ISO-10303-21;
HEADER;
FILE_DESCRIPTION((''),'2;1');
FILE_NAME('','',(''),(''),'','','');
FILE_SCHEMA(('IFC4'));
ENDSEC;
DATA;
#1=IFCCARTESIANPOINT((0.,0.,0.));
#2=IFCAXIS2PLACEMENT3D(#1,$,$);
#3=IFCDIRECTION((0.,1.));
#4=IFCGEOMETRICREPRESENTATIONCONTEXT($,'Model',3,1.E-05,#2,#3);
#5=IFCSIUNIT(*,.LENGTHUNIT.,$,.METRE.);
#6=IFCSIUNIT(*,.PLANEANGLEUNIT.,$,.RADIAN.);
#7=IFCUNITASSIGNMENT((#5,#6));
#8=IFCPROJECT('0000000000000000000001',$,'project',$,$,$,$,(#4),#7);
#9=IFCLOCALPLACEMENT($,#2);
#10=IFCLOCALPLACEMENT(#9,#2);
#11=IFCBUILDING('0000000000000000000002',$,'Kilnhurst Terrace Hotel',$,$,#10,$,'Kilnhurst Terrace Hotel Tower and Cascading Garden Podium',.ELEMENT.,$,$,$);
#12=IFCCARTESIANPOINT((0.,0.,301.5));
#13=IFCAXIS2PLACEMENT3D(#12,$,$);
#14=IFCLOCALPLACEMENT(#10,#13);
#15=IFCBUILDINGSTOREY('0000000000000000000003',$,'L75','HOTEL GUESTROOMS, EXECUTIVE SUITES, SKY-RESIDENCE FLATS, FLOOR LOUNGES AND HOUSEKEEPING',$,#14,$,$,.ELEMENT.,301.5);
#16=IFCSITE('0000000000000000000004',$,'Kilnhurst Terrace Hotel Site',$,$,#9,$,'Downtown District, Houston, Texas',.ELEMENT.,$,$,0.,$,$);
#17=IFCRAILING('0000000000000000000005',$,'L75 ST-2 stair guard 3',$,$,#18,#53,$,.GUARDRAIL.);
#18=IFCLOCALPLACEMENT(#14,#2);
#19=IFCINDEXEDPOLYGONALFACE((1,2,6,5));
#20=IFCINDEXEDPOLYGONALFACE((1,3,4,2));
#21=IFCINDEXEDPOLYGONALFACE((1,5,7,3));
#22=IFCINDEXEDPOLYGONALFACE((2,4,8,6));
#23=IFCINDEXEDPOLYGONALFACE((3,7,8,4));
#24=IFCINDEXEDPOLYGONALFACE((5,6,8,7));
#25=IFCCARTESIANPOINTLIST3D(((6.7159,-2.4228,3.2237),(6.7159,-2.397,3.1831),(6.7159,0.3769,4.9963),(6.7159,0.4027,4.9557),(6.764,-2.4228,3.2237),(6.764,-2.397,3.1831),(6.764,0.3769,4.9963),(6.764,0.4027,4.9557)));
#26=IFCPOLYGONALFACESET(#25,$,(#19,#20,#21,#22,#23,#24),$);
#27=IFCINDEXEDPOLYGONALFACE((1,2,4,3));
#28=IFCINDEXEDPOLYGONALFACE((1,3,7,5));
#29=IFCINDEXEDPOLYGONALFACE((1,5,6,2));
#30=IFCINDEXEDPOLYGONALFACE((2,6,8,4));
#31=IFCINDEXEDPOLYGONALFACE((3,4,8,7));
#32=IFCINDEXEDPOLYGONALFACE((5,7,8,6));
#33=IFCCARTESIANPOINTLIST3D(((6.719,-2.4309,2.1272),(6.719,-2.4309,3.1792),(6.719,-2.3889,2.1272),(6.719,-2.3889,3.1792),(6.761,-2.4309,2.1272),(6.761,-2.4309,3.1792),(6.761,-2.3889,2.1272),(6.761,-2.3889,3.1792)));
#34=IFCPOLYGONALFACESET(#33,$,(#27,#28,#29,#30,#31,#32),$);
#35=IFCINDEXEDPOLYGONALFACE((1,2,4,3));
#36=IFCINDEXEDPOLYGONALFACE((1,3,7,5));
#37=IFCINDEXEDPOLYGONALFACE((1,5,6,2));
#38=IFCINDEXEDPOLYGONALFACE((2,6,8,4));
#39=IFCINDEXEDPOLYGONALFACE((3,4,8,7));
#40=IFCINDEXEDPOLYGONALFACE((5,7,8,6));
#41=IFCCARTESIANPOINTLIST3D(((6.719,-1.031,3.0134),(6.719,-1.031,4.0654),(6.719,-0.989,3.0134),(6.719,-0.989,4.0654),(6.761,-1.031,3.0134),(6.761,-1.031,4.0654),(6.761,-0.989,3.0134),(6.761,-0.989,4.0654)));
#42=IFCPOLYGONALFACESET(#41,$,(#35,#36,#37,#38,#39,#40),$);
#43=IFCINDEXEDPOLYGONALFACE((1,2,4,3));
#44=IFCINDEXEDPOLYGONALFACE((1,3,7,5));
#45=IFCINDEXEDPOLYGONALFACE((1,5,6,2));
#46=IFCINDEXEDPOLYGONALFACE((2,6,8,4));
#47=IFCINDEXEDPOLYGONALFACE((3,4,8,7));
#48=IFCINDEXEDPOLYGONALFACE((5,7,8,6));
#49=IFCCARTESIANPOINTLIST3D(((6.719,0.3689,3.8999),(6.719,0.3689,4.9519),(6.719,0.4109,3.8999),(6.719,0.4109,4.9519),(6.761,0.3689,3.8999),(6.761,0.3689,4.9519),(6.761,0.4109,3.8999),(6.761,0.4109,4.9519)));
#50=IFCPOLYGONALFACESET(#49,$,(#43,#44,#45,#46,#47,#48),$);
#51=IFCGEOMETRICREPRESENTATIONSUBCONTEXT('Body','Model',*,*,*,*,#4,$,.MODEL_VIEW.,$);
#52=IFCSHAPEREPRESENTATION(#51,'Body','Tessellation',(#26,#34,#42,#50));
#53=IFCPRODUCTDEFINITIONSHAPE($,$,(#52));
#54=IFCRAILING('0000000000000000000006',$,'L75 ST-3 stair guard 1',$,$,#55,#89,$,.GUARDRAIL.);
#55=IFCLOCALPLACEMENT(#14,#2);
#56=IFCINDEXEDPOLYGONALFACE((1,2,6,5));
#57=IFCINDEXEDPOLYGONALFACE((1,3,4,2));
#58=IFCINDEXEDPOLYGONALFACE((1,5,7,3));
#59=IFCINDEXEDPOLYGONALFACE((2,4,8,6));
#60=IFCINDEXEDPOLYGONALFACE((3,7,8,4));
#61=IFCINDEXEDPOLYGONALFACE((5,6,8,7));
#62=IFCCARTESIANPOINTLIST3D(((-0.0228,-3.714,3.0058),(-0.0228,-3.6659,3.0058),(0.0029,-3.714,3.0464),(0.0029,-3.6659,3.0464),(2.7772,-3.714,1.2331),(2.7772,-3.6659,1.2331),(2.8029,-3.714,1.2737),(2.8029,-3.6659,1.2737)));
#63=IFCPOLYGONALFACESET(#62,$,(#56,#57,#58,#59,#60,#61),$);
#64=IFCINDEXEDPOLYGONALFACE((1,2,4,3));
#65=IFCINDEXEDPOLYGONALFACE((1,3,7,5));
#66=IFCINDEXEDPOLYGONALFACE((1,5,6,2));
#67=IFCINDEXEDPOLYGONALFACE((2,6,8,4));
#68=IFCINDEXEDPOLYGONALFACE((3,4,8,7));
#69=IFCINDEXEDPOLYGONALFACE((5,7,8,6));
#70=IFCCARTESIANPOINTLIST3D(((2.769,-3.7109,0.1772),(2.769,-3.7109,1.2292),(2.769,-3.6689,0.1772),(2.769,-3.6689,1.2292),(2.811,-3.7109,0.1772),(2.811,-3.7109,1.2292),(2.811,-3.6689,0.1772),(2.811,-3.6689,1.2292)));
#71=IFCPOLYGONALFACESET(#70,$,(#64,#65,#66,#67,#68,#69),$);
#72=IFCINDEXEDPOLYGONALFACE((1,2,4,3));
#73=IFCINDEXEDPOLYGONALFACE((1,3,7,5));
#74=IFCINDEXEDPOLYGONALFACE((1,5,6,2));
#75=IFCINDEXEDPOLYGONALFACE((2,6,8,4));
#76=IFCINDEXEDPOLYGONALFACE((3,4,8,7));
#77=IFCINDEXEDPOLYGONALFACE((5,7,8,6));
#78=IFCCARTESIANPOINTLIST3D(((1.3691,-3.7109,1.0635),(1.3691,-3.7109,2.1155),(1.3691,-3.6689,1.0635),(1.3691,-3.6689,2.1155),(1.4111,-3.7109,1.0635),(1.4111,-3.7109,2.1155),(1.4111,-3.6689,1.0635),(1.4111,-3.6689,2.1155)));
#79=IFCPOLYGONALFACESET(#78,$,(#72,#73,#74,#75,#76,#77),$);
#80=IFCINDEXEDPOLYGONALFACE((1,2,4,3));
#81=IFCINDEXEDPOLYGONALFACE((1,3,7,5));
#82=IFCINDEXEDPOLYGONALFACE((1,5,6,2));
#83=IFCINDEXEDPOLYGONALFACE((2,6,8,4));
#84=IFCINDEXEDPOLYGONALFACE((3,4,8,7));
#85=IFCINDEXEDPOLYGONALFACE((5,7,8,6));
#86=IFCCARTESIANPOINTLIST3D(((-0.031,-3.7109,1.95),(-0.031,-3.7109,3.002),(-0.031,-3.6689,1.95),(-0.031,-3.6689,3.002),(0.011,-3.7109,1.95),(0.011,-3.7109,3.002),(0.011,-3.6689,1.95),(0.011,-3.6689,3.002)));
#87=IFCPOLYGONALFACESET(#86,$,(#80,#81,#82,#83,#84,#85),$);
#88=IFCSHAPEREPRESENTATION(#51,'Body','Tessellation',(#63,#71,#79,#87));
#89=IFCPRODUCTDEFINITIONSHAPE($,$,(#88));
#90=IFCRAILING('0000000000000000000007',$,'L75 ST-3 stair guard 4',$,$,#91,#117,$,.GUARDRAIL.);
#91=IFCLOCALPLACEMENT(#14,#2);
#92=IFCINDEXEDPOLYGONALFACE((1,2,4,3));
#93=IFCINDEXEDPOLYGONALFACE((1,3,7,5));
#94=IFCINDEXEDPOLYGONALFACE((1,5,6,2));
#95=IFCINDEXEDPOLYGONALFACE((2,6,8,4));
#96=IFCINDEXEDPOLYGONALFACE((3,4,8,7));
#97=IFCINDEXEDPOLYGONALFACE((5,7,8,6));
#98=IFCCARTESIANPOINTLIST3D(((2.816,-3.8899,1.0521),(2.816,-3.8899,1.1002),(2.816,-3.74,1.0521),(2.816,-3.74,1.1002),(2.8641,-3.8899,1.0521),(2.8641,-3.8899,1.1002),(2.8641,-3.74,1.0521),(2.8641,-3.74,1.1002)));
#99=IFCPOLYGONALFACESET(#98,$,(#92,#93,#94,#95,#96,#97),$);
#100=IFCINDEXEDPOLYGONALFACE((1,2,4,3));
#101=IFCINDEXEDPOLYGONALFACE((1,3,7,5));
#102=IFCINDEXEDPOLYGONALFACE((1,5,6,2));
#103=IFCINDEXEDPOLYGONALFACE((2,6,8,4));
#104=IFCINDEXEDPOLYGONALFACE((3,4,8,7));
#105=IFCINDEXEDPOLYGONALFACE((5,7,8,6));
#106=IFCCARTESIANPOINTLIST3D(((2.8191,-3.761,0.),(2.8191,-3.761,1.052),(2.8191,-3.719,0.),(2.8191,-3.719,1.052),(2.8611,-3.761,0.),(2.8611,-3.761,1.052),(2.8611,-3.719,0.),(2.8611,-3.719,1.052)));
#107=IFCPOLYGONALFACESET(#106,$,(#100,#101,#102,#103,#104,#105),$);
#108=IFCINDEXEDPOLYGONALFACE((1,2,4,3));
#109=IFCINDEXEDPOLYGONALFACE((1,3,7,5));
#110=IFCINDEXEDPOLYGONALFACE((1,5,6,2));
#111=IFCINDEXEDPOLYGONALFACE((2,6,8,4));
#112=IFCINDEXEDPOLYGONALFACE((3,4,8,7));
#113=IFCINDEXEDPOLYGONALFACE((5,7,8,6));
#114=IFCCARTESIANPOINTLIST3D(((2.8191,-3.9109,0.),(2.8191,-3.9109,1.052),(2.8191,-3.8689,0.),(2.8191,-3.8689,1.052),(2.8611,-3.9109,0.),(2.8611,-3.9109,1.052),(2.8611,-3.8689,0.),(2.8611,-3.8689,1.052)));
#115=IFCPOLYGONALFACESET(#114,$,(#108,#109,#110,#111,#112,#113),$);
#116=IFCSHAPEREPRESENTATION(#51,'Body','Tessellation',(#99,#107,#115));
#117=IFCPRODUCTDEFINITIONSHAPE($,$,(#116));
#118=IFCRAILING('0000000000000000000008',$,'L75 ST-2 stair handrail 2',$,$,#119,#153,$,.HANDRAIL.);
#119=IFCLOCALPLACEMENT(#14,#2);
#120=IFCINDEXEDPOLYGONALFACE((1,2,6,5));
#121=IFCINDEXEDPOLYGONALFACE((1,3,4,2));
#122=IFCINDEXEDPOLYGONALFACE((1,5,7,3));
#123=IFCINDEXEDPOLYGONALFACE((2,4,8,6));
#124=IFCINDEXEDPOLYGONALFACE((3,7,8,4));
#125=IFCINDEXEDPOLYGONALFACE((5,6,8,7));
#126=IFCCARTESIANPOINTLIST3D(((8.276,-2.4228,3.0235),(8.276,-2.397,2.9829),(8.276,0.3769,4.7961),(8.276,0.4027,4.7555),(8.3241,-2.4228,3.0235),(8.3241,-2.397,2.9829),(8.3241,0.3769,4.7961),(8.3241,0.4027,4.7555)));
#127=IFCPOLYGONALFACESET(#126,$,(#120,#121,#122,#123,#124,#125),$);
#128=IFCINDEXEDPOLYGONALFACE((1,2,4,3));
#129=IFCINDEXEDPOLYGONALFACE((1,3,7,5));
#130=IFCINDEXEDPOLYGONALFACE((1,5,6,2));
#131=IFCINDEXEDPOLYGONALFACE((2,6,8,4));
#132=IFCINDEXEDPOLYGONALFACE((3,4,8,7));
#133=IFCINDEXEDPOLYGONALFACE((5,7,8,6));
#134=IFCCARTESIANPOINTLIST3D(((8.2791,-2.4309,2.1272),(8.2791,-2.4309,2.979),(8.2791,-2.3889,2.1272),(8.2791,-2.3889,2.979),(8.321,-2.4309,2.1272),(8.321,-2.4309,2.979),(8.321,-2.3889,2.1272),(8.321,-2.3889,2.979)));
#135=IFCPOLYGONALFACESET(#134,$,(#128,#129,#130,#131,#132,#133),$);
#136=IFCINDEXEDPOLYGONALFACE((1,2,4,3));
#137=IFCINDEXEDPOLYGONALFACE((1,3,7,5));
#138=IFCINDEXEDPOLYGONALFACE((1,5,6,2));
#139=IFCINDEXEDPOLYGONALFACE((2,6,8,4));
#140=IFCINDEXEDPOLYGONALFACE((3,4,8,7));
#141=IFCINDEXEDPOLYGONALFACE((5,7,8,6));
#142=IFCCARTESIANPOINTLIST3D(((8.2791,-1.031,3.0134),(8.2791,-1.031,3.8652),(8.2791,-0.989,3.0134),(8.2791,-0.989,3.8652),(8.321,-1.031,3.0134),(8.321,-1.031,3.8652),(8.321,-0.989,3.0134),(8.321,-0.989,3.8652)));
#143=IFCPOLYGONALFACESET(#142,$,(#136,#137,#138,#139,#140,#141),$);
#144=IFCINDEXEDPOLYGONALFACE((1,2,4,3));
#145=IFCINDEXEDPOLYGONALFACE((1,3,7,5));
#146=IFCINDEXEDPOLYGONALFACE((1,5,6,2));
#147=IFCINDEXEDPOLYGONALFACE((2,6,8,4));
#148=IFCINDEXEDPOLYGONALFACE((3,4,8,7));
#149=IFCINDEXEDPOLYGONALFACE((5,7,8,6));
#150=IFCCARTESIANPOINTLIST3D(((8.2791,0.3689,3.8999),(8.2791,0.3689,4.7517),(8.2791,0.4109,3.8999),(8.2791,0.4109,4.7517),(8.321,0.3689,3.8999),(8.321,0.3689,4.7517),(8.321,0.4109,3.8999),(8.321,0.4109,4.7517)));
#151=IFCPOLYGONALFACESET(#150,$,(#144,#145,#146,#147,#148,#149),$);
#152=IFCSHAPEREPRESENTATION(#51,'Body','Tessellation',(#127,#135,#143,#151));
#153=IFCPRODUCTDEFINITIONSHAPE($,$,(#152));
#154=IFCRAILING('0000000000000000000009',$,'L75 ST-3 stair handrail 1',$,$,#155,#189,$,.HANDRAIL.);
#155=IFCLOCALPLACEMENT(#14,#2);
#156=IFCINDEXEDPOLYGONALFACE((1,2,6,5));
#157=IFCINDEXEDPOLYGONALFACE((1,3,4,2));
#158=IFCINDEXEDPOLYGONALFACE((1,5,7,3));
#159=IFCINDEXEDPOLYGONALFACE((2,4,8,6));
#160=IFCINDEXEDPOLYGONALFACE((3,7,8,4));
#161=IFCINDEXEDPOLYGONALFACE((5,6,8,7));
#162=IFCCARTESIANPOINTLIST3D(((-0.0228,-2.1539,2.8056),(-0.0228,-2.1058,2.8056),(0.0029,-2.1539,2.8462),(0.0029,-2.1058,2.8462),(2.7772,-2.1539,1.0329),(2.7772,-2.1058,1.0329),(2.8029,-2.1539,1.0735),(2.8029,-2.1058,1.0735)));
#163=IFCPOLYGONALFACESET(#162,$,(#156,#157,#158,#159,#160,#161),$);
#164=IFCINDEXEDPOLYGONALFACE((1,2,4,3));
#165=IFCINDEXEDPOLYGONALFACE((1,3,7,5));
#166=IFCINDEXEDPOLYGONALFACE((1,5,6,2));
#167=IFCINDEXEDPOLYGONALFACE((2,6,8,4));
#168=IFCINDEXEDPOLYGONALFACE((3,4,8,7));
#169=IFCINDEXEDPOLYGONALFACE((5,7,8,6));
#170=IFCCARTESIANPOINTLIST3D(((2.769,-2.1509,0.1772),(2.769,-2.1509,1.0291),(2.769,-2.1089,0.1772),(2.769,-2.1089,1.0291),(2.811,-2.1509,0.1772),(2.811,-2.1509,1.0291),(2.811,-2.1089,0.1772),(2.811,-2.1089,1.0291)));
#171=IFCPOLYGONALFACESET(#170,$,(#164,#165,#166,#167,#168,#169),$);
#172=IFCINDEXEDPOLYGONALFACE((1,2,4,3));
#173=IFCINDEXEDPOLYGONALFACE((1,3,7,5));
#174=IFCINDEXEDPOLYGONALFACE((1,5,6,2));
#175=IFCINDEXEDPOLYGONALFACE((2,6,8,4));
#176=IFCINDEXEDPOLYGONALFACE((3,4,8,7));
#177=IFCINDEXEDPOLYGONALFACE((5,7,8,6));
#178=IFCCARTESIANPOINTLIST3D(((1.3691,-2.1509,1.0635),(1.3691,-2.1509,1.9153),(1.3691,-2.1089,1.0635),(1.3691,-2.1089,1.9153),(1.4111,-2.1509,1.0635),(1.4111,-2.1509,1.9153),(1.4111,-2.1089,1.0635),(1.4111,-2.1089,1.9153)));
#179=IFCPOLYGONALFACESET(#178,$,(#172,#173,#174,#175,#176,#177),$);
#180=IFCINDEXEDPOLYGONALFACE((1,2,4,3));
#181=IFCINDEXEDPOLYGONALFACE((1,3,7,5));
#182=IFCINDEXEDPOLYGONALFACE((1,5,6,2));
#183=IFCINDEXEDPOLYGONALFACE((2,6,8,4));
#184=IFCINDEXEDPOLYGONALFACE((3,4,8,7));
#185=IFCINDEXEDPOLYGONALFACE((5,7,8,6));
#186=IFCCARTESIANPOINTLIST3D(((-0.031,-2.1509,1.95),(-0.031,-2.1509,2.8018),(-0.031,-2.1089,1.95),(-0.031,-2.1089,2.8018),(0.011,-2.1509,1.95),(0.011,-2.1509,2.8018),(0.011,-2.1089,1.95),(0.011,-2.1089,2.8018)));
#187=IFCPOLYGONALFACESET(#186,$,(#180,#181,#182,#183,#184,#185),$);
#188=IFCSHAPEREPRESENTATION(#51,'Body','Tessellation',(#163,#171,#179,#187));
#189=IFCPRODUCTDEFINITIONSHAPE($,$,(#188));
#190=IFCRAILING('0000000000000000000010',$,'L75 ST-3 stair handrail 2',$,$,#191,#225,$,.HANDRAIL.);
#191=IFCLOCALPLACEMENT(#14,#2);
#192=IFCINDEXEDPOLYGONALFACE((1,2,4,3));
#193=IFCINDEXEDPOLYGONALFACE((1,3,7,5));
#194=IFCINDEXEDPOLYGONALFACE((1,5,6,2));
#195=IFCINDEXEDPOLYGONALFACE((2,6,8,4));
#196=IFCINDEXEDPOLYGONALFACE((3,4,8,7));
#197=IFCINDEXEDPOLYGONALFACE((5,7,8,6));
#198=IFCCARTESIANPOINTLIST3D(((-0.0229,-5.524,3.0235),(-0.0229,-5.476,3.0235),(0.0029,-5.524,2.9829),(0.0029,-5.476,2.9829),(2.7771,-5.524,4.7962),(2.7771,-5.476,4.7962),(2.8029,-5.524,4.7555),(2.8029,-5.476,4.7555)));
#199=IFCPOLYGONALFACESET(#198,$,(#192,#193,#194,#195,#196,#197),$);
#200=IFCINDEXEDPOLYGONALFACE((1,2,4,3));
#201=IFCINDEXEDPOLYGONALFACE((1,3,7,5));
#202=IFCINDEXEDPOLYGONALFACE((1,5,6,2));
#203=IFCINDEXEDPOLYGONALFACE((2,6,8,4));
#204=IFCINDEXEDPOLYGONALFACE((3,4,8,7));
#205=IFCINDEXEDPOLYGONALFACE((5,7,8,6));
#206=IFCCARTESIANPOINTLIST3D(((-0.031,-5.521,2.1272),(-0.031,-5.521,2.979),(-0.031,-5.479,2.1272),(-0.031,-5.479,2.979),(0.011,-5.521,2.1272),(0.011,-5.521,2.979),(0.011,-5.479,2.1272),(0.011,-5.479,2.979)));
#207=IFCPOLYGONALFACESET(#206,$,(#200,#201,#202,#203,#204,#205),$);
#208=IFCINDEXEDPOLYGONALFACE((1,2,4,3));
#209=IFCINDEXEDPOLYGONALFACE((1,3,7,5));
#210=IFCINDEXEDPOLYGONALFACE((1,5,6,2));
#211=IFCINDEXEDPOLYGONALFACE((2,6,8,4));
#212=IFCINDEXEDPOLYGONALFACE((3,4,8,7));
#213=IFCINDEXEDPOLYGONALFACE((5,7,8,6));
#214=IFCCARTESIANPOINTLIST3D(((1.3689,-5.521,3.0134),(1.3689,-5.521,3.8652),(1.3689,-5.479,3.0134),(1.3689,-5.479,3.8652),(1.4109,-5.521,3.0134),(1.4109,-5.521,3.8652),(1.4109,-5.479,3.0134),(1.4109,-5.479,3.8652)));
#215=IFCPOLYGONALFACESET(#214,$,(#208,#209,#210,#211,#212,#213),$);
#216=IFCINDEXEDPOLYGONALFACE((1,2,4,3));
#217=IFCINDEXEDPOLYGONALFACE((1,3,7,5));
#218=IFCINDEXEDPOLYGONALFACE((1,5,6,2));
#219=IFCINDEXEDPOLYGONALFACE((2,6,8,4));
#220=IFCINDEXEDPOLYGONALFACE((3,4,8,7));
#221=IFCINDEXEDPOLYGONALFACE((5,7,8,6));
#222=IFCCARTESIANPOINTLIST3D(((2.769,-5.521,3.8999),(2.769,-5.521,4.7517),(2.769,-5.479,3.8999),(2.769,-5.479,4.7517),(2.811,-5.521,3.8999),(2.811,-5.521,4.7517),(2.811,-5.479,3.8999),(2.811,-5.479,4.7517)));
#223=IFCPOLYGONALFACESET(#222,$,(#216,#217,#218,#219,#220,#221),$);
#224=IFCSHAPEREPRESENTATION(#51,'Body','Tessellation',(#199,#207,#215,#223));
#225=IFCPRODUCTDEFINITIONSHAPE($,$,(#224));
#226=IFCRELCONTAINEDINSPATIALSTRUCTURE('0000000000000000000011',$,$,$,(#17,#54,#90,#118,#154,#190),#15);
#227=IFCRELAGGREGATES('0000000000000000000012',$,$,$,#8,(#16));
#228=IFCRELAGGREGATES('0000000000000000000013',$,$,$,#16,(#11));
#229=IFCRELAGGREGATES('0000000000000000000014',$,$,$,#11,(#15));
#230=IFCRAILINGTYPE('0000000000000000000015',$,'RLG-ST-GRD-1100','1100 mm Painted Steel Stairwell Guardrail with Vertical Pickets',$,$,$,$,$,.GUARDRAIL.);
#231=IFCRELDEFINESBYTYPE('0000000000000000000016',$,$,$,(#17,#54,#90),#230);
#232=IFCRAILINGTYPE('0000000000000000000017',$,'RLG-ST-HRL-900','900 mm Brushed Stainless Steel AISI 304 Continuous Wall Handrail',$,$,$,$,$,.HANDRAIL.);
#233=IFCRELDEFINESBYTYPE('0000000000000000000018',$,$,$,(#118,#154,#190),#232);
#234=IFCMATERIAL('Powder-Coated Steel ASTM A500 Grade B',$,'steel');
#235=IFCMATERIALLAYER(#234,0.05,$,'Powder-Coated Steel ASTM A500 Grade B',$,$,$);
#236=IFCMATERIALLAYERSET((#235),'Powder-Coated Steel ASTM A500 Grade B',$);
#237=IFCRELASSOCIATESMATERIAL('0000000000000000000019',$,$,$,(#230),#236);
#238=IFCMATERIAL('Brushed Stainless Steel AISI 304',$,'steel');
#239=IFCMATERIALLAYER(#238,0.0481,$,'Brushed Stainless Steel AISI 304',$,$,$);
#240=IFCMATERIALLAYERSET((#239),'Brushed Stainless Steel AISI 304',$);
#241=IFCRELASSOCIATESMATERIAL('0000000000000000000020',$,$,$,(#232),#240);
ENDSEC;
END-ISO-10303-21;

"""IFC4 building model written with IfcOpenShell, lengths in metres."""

from ifc_helpers import new_model, si_unit, direction, frame, origin, origin_2d, place, context, subcontext, project, spatial, rectangle, extrude, material, layer, layer_set, type_object, element, save


model = new_model("IFC4")

# Units and contexts
model_context = context("Model", 3, precision=1e-05, world=origin(), true_north=direction((0.0, 1.0)))
body_context = subcontext(model_context, "Body", "Model", "MODEL_VIEW")
ifc_project = project(units=[si_unit("LENGTHUNIT", "METRE"), si_unit("PLANEANGLEUNIT", "RADIAN")], contexts=[model_context])

# Site, building, storey
site_placement = place(None, origin())
site = spatial("IfcSite", under=ifc_project, at=site_placement, Name="Kilnhurst Terrace Hotel Site", LongName="Downtown District, Houston, Texas", CompositionType="ELEMENT", RefElevation=0.0)
building_placement = place(site_placement, origin())
building = spatial("IfcBuilding", under=site, at=building_placement, Name="Kilnhurst Terrace Hotel", LongName="Kilnhurst Terrace Hotel Tower and Cascading Garden Podium", CompositionType="ELEMENT")
storey_placement = place(building_placement, frame((0.0, 0.0, 301.5)))
storey = spatial("IfcBuildingStorey", under=building, at=storey_placement, Name="L75", Description="HOTEL GUESTROOMS, EXECUTIVE SUITES, SKY-RESIDENCE FLATS, FLOOR LOUNGES AND HOUSEKEEPING", CompositionType="ELEMENT", Elevation=301.5)

# Railings
ifc_material_1 = material(Name="Powder-Coated Steel ASTM A500 Grade B", Category="steel")
ifc_layer_1 = layer(ifc_material_1, 0.05, Name="Powder-Coated Steel ASTM A500 Grade B")
ifc_layer_set_1 = layer_set([ifc_layer_1], Name="Powder-Coated Steel ASTM A500 Grade B")
railing_type_1 = type_object("IfcRailingType", Name="RLG-ST-GRD-1100", Description="1100 mm Painted Steel Stairwell Guardrail with Vertical Pickets", PredefinedType="GUARDRAIL", material=ifc_layer_set_1)
railing_1_placement = place(storey_placement, frame((6.74, -2.4099, 2.1272)))
element("IfcRailing", 1, at=railing_1_placement, inside=storey, type_object=railing_type_1, Name="L75 ST-2 stair guard 3", PredefinedType="GUARDRAIL", context=body_context, shape_type="SweptSolid", body=[
    extrude(rectangle(XDim=0.0481, YDim=0.0481, at=origin_2d()), frame((0.0, 0.0, 1.0762), z_axis=(0.0, 0.844888, 0.534943), x_axis=(-1.0, 0.0, 0.0)), (0.0, 0.0, 1.0), 3.3137),
    extrude(rectangle(XDim=0.042, YDim=0.042, at=origin_2d()), origin(), (0.0, 0.0, 1.0), 1.052),
    extrude(rectangle(XDim=0.042, YDim=0.042, at=origin_2d()), frame((0.0, 1.3999, 0.8862)), (0.0, 0.0, 1.0), 1.052),
    extrude(rectangle(XDim=0.042, YDim=0.042, at=origin_2d()), frame((0.0, 2.7998, 1.7727)), (0.0, 0.0, 1.0), 1.052),
])
railing_2_placement = place(storey_placement, frame((2.79, -3.6899, 0.1772)))
element("IfcRailing", 2, at=railing_2_placement, inside=storey, type_object=railing_type_1, Name="L75 ST-3 stair guard 1", PredefinedType="GUARDRAIL", context=body_context, shape_type="SweptSolid", body=[
    extrude(rectangle(XDim=0.0481, YDim=0.0481, at=origin_2d()), frame((0.0, 0.0, 1.0762), z_axis=(-0.844909, 0.0, 0.53491), x_axis=(0.0, -1.0, 0.0)), (0.0, 0.0, 1.0), 3.314),
    extrude(rectangle(XDim=0.042, YDim=0.042, at=origin_2d()), origin(), (0.0, 0.0, 1.0), 1.052),
    extrude(rectangle(XDim=0.042, YDim=0.042, at=origin_2d()), frame((-1.3999, 0.0, 0.8862)), (0.0, 0.0, 1.0), 1.052),
    extrude(rectangle(XDim=0.042, YDim=0.042, at=origin_2d()), frame((-2.8, 0.0, 1.7727)), (0.0, 0.0, 1.0), 1.052),
])
railing_3_placement = place(storey_placement, frame((2.8401, -3.74, 0.0)))
element("IfcRailing", 3, at=railing_3_placement, inside=storey, type_object=railing_type_1, Name="L75 ST-3 stair guard 4", PredefinedType="GUARDRAIL", context=body_context, shape_type="SweptSolid", body=[
    extrude(rectangle(XDim=0.0481, YDim=0.0481, at=origin_2d()), frame((0.0, 0.0, 1.0762), z_axis=(0.0, -1.0, 0.0), x_axis=(1.0, 0.0, 0.0)), (0.0, 0.0, 1.0), 0.1499),
    extrude(rectangle(XDim=0.042, YDim=0.042, at=origin_2d()), origin(), (0.0, 0.0, 1.0), 1.052),
    extrude(rectangle(XDim=0.042, YDim=0.042, at=origin_2d()), frame((0.0, -0.1499, 0.0)), (0.0, 0.0, 1.0), 1.052),
])
ifc_material_2 = material(Name="Brushed Stainless Steel AISI 304", Category="steel")
ifc_layer_2 = layer(ifc_material_2, 0.0481, Name="Brushed Stainless Steel AISI 304")
ifc_layer_set_2 = layer_set([ifc_layer_2], Name="Brushed Stainless Steel AISI 304")
railing_type_2 = type_object("IfcRailingType", Name="RLG-ST-HRL-900", Description="900 mm Brushed Stainless Steel AISI 304 Continuous Wall Handrail", PredefinedType="HANDRAIL", material=ifc_layer_set_2)
railing_4_placement = place(storey_placement, frame((8.3, -2.4099, 2.1272)))
element("IfcRailing", 4, at=railing_4_placement, inside=storey, type_object=railing_type_2, Name="L75 ST-2 stair handrail 2", PredefinedType="HANDRAIL", context=body_context, shape_type="SweptSolid", body=[
    extrude(rectangle(XDim=0.0481, YDim=0.0481, at=origin_2d()), frame((0.0, 0.0, 0.876), z_axis=(0.0, 0.844888, 0.534943), x_axis=(-1.0, 0.0, 0.0)), (0.0, 0.0, 1.0), 3.3137),
    extrude(rectangle(XDim=0.042, YDim=0.042, at=origin_2d()), origin(), (0.0, 0.0, 1.0), 0.8518),
    extrude(rectangle(XDim=0.042, YDim=0.042, at=origin_2d()), frame((0.0, 1.3999, 0.8862)), (0.0, 0.0, 1.0), 0.8518),
    extrude(rectangle(XDim=0.042, YDim=0.042, at=origin_2d()), frame((0.0, 2.7998, 1.7727)), (0.0, 0.0, 1.0), 0.8518),
])
railing_5_placement = place(storey_placement, frame((2.79, -2.1299, 0.1772)))
element("IfcRailing", 5, at=railing_5_placement, inside=storey, type_object=railing_type_2, Name="L75 ST-3 stair handrail 1", PredefinedType="HANDRAIL", context=body_context, shape_type="SweptSolid", body=[
    extrude(rectangle(XDim=0.0481, YDim=0.0481, at=origin_2d()), frame((0.0, 0.0, 0.876), z_axis=(-0.844909, 0.0, 0.53491), x_axis=(0.0, -1.0, 0.0)), (0.0, 0.0, 1.0), 3.314),
    extrude(rectangle(XDim=0.042, YDim=0.042, at=origin_2d()), origin(), (0.0, 0.0, 1.0), 0.8518),
    extrude(rectangle(XDim=0.042, YDim=0.042, at=origin_2d()), frame((-1.3999, 0.0, 0.8862)), (0.0, 0.0, 1.0), 0.8518),
    extrude(rectangle(XDim=0.042, YDim=0.042, at=origin_2d()), frame((-2.8, 0.0, 1.7727)), (0.0, 0.0, 1.0), 0.8518),
])
railing_6_placement = place(storey_placement, frame((-0.01, -5.5, 2.1272)))
element("IfcRailing", 6, at=railing_6_placement, inside=storey, type_object=railing_type_2, Name="L75 ST-3 stair handrail 2", PredefinedType="HANDRAIL", context=body_context, shape_type="SweptSolid", body=[
    extrude(rectangle(XDim=0.0481, YDim=0.0481, at=origin_2d()), frame((0.0, 0.0, 0.876), z_axis=(0.844909, 0.0, 0.53491), x_axis=(0.0, 1.0, 0.0)), (0.0, 0.0, 1.0), 3.314),
    extrude(rectangle(XDim=0.042, YDim=0.042, at=origin_2d()), origin(), (0.0, 0.0, 1.0), 0.8518),
    extrude(rectangle(XDim=0.042, YDim=0.042, at=origin_2d()), frame((1.3999, 0.0, 0.8862)), (0.0, 0.0, 1.0), 0.8518),
    extrude(rectangle(XDim=0.042, YDim=0.042, at=origin_2d()), frame((2.8, 0.0, 1.7727)), (0.0, 0.0, 1.0), 0.8518),
])

save(model, "model.ifc")
